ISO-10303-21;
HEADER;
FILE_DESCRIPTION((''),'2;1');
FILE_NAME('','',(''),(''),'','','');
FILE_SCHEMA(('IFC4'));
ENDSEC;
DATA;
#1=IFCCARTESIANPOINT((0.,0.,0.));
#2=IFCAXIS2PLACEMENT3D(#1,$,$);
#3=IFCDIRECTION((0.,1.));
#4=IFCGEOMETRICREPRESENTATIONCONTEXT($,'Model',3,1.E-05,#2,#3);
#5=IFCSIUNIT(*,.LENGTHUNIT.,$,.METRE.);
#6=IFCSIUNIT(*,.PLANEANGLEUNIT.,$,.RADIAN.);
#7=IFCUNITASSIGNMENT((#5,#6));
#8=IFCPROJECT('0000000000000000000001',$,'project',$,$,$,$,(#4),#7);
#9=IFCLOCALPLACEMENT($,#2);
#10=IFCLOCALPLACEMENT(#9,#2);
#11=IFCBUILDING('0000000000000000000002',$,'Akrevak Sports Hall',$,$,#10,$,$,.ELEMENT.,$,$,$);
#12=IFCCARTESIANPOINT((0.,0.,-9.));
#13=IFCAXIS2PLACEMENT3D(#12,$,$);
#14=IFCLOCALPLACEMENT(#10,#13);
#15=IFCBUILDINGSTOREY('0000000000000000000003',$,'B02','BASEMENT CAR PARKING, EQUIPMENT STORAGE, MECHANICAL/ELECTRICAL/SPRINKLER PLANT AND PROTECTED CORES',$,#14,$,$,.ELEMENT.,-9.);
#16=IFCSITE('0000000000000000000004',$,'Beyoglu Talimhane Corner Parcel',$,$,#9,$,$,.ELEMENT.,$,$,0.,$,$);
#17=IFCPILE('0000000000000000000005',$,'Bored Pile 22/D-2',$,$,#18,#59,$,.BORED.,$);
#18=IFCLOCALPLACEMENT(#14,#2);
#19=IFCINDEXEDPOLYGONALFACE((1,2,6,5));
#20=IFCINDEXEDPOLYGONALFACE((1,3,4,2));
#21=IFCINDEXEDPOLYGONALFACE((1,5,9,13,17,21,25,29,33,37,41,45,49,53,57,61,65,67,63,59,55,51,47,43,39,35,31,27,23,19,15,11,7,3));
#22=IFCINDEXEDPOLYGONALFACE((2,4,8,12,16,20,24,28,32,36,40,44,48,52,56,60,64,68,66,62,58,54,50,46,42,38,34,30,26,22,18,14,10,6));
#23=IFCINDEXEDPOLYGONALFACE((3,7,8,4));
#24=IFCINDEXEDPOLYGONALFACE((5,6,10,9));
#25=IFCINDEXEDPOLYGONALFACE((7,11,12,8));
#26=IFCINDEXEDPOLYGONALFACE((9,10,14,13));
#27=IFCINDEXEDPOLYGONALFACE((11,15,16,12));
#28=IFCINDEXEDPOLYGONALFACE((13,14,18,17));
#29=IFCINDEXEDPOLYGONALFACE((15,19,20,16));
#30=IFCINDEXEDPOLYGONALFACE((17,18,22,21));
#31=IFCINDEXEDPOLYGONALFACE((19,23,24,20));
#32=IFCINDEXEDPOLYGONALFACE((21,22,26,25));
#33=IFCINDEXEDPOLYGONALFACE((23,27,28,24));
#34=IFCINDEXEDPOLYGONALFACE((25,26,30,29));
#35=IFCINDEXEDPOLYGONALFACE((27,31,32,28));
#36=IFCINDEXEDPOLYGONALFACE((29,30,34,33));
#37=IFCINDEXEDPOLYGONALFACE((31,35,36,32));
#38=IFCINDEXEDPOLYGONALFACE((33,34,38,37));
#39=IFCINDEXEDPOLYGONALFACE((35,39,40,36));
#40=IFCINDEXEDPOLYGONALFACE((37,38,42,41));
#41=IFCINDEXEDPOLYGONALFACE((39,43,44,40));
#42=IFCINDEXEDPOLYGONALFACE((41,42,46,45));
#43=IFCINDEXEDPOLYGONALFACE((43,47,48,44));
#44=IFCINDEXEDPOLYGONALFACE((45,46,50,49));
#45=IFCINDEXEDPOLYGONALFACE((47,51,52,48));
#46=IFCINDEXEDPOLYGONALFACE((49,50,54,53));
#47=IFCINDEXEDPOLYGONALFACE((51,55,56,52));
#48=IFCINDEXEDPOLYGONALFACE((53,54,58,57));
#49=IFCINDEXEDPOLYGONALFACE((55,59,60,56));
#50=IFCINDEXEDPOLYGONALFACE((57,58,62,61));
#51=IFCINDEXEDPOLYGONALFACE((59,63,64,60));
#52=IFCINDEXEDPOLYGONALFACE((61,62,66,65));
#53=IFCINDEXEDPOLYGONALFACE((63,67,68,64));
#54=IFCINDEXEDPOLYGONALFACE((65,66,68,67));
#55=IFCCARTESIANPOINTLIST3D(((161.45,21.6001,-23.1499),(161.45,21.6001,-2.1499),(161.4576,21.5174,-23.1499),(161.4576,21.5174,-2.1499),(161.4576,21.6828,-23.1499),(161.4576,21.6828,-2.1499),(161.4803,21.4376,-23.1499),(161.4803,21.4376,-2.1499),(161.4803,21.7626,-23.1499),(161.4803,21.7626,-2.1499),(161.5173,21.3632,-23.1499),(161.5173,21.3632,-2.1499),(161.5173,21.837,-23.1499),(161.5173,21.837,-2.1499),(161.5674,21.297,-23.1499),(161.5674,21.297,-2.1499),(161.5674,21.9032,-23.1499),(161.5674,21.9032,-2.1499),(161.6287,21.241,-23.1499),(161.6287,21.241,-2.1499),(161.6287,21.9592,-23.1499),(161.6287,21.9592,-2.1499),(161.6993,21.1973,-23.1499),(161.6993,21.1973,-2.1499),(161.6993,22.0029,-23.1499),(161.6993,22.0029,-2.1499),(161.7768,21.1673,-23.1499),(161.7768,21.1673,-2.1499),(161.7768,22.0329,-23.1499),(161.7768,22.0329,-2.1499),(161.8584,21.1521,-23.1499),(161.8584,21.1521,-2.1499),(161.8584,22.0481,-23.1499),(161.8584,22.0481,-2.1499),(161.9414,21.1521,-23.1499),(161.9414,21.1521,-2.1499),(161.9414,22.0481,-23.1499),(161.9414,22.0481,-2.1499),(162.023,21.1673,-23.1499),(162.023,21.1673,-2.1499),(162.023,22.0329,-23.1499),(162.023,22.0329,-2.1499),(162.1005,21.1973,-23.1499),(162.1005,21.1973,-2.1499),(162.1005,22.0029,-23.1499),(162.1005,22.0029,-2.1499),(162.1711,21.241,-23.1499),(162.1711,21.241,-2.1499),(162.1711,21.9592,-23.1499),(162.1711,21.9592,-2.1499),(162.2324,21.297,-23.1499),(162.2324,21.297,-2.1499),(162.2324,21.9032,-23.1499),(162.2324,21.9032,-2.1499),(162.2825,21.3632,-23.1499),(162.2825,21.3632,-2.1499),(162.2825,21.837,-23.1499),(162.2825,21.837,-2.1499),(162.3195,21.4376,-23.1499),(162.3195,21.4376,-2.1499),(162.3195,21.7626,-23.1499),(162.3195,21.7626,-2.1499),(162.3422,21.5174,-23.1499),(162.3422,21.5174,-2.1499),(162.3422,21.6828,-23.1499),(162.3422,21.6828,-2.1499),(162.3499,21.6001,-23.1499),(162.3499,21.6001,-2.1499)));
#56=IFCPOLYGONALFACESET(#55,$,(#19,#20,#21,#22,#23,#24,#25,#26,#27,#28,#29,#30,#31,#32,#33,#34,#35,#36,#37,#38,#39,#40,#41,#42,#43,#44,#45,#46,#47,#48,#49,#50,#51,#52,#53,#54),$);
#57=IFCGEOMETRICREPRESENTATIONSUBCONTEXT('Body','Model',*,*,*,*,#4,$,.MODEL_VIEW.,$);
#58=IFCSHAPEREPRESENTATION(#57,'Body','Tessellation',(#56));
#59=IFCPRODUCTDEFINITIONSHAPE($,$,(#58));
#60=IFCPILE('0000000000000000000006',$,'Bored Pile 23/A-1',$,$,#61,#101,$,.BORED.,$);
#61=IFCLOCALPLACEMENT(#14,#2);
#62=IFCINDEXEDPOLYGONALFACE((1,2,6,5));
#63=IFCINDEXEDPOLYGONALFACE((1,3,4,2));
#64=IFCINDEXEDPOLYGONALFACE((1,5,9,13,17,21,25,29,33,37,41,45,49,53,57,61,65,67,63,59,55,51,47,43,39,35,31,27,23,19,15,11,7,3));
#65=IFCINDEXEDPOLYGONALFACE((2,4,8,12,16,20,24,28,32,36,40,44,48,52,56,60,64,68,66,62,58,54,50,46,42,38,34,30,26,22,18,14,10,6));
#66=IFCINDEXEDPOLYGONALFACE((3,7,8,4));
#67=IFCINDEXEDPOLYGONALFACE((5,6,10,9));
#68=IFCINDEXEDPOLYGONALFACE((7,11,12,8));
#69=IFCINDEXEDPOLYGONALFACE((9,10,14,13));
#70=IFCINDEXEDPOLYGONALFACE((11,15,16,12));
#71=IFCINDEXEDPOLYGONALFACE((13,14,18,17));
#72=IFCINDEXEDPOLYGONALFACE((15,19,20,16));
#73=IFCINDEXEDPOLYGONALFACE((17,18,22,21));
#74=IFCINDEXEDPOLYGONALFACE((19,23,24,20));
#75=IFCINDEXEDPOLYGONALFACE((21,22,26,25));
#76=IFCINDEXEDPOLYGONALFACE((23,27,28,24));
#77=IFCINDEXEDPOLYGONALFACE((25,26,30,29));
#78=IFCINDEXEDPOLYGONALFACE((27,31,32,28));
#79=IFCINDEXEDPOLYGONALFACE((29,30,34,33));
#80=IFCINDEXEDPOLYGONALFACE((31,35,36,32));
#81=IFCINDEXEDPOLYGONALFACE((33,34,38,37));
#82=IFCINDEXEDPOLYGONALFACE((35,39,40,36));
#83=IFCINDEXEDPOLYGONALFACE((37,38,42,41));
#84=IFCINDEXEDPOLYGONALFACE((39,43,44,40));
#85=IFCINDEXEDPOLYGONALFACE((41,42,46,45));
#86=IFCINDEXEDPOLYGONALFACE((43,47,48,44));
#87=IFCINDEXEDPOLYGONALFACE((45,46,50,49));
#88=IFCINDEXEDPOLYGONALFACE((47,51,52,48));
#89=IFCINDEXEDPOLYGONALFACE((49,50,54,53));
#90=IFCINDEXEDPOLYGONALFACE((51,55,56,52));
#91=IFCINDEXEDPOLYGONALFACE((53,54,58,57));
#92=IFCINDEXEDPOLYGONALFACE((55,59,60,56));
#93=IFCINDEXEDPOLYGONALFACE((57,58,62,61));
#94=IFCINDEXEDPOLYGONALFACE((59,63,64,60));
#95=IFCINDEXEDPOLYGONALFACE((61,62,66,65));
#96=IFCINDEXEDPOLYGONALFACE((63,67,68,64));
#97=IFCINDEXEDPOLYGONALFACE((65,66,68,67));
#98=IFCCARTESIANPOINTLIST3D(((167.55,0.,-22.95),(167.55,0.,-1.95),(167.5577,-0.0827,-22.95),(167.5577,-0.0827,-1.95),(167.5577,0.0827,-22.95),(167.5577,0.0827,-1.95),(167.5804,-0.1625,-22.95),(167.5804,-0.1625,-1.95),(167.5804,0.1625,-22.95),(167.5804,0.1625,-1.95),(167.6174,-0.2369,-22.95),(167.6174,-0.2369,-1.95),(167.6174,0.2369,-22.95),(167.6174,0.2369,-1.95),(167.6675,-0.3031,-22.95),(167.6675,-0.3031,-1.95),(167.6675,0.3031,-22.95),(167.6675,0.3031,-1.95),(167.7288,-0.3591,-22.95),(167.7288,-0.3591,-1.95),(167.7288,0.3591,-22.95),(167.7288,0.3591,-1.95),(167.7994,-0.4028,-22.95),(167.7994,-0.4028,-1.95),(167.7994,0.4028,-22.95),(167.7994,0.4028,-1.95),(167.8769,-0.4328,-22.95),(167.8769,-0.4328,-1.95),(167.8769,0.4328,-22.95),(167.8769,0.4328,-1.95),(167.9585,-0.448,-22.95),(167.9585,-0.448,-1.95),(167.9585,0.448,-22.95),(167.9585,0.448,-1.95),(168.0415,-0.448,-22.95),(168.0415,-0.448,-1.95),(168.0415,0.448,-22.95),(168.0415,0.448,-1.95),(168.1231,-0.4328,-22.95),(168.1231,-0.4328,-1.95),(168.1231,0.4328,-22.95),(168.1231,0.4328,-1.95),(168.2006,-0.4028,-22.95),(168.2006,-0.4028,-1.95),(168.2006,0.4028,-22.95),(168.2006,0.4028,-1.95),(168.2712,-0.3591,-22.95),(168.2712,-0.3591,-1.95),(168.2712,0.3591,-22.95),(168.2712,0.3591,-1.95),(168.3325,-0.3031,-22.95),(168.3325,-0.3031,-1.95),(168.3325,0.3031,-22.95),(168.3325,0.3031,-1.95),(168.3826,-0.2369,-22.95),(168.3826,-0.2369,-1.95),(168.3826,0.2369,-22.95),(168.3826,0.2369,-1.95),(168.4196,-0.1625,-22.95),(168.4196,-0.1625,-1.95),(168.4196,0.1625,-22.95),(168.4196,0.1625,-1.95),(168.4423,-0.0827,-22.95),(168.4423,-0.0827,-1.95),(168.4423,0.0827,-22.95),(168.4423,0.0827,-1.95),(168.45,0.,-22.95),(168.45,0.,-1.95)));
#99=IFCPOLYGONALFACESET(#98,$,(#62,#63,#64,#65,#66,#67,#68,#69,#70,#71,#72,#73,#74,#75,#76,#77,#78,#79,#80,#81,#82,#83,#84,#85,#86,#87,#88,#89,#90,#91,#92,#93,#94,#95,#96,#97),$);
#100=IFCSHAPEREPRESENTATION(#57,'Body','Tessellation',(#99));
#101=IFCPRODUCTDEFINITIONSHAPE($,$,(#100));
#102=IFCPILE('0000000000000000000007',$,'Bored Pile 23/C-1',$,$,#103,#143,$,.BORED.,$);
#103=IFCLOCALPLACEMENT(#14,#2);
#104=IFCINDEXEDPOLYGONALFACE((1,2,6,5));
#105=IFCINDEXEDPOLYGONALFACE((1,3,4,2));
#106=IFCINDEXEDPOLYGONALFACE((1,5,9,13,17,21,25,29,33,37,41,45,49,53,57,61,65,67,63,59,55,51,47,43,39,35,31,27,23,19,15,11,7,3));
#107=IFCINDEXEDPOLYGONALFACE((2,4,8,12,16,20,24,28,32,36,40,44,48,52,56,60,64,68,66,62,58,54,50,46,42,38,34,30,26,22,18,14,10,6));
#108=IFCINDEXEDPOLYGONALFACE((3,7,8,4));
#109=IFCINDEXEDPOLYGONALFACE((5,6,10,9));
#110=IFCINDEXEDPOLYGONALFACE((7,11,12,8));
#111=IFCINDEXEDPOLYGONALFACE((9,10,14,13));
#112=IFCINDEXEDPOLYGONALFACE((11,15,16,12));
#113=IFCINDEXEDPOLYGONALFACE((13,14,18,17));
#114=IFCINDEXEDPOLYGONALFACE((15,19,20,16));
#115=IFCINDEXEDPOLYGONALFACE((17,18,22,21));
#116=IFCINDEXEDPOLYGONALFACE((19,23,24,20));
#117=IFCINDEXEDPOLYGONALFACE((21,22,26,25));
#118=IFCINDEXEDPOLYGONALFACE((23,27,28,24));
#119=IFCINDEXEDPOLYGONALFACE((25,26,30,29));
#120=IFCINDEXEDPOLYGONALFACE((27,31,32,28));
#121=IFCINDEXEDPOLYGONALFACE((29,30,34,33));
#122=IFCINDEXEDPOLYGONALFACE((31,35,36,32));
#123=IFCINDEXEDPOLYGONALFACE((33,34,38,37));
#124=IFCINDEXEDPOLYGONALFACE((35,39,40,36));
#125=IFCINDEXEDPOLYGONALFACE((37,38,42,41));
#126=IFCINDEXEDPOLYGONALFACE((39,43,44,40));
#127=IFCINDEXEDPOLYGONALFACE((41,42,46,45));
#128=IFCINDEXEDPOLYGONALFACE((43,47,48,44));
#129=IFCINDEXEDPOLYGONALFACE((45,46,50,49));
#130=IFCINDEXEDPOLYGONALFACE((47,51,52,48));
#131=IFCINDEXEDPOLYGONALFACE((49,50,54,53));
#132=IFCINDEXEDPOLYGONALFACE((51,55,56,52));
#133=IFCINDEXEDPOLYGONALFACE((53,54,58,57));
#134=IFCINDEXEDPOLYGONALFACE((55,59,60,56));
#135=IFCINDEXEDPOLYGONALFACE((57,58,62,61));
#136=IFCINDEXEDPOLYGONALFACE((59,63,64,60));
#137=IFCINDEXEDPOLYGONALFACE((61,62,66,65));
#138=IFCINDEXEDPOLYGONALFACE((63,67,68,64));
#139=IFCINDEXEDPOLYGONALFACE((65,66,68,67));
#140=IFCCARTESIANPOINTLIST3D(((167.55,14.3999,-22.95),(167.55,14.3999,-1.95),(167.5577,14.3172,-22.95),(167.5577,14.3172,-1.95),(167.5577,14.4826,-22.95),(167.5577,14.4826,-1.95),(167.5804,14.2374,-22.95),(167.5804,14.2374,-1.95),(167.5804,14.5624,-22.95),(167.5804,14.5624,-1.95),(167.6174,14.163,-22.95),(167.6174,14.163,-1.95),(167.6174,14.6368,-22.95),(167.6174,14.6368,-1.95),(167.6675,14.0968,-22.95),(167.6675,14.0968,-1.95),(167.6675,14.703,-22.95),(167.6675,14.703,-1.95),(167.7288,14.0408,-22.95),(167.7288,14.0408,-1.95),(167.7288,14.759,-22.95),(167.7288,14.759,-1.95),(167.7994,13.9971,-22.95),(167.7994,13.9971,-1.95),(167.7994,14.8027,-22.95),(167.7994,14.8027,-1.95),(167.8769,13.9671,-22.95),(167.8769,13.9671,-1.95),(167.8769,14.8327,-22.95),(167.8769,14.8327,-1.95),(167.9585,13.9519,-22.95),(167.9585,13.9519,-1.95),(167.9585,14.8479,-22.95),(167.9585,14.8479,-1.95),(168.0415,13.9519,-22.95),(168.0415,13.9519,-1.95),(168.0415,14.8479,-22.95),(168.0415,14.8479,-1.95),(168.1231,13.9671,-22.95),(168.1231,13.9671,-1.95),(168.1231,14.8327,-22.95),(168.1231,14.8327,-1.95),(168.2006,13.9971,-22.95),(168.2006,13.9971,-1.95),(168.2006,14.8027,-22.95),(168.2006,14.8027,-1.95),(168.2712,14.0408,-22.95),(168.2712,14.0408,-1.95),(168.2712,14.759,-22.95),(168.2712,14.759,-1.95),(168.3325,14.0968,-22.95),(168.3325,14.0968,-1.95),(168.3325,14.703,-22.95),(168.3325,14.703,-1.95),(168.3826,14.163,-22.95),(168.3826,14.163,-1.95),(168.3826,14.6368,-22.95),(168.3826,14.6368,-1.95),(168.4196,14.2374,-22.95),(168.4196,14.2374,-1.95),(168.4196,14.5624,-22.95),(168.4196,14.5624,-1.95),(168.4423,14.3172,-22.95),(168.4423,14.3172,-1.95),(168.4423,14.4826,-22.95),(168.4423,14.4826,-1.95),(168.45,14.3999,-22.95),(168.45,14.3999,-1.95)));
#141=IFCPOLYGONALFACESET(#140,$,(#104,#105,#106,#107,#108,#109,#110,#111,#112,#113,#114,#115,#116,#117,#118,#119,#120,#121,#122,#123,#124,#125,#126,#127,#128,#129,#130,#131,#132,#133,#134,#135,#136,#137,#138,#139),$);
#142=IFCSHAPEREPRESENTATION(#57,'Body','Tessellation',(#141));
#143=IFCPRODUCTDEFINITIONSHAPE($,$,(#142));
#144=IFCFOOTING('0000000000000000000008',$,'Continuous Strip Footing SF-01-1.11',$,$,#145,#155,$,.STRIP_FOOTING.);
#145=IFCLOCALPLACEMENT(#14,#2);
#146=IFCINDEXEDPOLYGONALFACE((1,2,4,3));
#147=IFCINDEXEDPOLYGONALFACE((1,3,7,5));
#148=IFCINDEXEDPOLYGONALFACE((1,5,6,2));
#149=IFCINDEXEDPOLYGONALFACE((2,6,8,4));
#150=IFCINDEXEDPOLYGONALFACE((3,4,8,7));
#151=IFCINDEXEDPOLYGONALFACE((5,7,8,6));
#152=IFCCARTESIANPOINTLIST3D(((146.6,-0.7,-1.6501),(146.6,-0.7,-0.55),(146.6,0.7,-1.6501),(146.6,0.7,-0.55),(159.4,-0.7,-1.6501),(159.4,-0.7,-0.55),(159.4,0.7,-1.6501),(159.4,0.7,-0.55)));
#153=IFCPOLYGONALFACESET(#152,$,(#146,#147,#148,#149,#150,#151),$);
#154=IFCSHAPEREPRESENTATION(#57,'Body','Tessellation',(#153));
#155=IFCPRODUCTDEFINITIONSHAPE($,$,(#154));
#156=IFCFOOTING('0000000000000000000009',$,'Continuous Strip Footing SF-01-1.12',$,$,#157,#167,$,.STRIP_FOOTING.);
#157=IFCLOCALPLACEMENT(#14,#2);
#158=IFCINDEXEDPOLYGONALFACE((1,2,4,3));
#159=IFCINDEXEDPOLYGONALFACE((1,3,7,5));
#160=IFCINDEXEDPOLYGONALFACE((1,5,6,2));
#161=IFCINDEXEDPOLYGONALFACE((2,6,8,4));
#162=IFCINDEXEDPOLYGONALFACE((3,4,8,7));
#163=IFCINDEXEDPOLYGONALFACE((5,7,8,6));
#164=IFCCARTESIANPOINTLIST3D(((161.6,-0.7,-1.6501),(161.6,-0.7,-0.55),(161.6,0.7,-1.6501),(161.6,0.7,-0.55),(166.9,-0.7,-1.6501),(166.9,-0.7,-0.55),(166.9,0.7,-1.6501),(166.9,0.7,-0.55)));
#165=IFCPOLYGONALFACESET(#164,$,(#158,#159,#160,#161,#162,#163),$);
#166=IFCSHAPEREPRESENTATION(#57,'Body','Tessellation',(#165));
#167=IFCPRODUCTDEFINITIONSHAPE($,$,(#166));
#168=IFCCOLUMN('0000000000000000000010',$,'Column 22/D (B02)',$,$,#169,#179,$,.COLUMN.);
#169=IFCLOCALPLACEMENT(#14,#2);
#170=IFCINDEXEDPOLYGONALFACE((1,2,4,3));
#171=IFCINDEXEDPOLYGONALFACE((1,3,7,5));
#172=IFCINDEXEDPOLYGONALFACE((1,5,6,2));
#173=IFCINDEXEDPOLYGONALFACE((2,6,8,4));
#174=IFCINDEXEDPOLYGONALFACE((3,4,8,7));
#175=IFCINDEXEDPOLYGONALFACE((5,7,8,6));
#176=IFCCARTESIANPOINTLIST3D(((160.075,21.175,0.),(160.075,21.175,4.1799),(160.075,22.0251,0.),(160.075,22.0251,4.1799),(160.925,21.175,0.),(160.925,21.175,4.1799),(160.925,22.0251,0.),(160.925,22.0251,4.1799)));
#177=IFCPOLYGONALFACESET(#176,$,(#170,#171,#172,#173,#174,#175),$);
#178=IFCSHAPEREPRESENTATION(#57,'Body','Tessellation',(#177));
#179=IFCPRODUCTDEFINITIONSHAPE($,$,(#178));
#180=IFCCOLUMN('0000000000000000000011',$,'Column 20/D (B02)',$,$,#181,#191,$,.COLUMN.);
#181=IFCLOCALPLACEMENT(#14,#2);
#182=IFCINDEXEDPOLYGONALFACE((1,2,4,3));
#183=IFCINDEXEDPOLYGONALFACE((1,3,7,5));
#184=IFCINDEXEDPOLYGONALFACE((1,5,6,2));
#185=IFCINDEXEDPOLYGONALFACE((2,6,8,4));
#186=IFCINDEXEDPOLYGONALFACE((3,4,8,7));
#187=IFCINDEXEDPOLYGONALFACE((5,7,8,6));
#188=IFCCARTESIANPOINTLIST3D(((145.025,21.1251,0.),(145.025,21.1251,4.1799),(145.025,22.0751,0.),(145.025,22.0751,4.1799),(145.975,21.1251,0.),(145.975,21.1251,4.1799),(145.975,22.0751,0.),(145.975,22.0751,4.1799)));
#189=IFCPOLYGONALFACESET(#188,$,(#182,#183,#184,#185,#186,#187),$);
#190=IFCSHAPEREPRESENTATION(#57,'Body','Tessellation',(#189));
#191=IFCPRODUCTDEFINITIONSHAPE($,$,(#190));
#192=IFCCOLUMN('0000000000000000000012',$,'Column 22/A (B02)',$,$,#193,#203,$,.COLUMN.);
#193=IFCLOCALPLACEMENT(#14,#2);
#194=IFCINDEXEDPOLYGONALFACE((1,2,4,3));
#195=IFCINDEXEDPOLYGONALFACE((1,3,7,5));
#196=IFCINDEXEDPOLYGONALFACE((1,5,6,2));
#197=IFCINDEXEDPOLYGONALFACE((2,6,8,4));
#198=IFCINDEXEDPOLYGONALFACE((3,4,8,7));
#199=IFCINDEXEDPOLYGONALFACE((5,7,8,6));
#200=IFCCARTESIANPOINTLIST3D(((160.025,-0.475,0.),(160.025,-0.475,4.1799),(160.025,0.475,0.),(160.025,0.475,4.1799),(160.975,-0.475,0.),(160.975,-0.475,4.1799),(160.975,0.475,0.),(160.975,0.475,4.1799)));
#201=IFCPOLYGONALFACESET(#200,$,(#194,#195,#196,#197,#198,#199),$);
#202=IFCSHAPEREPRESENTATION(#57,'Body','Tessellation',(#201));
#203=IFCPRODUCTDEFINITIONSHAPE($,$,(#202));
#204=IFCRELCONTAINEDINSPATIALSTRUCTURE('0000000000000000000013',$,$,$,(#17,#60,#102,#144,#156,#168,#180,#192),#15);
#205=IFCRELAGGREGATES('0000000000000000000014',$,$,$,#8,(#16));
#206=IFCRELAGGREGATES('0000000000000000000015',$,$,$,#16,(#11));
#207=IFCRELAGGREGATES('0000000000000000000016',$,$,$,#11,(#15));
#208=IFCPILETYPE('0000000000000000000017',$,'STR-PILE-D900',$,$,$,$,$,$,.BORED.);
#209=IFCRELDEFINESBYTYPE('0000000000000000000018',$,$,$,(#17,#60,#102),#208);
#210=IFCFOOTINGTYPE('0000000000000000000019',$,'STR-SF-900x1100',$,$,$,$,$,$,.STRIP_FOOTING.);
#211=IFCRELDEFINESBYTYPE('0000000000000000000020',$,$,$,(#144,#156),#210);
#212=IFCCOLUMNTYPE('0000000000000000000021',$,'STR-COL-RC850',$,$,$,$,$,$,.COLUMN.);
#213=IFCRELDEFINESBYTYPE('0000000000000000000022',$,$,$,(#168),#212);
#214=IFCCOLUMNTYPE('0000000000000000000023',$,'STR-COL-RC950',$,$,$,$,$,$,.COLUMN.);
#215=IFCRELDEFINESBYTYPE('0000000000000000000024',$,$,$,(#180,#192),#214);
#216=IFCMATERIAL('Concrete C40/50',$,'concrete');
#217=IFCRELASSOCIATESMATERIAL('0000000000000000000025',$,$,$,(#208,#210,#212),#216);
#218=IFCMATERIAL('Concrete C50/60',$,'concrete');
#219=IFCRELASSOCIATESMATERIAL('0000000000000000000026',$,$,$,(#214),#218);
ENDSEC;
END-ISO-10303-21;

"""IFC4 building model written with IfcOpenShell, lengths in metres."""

from ifc_helpers import new_model, si_unit, direction, frame, origin, origin_2d, place, context, subcontext, project, spatial, rectangle, circle, extrude, material, material_profile, profile_set, type_object, element, save


model = new_model("IFC4")

# Units and contexts
model_context = context("Model", 3, precision=1e-05, world=origin(), true_north=direction((0.0, 1.0)))
body_context = subcontext(model_context, "Body", "Model", "MODEL_VIEW")
ifc_project = project(units=[si_unit("LENGTHUNIT", "METRE"), si_unit("PLANEANGLEUNIT", "RADIAN")], contexts=[model_context])

# Site, building, storey
site_placement = place(None, origin())
site = spatial("IfcSite", under=ifc_project, at=site_placement, Name="Beyoglu Talimhane Corner Parcel", CompositionType="ELEMENT", RefElevation=0.0)
building_placement = place(site_placement, origin())
building = spatial("IfcBuilding", under=site, at=building_placement, Name="Akrevak Sports Hall", CompositionType="ELEMENT")
storey_placement = place(building_placement, frame((0.0, 0.0, -9.0)))
storey = spatial("IfcBuildingStorey", under=building, at=storey_placement, Name="B02", Description="BASEMENT CAR PARKING, EQUIPMENT STORAGE, MECHANICAL/ELECTRICAL/SPRINKLER PLANT AND PROTECTED CORES", CompositionType="ELEMENT", Elevation=-9.0)

# Shared definitions
ifc_material_1 = material(Name="Concrete C40/50", Category="concrete")

# Piles
ifc_material_profile_1 = material_profile(ifc_material_1, circle(Radius=0.45, at=origin_2d()), Name="BORED PILE D900", Category="concrete")
ifc_profile_set_1 = profile_set([ifc_material_profile_1], Name="Concrete C40/50")
pile_type_1 = type_object("IfcPileType", Name="STR-PILE-D900", PredefinedType="BORED", material=ifc_profile_set_1)
for number, where, z_axis, x_axis, name in (
    (1, (161.8999, 21.6001, -2.1499), (0.0, 0.0, -1.0), (1.0, 0.0, 0.0), "Bored Pile 22/D-2"),
    (2, (168.0, 0.0, -1.95), (0.0, 0.0, -1.0), (1.0, 0.0, 0.0), "Bored Pile 23/A-1"),
    (3, (168.0, 14.3999, -1.95), (0.0, 0.0, -1.0), (1.0, 0.0, 0.0), "Bored Pile 23/C-1"),
):
    element("IfcPile", number, at=place(storey_placement, frame(where, z_axis=z_axis, x_axis=x_axis)), inside=storey, type_object=pile_type_1, Name=name, PredefinedType="BORED", context=body_context, shape_type="SweptSolid", body=[
        extrude(circle(Radius=0.45, at=origin_2d()), origin(), (0.0, 0.0, 1.0), 21.0),
    ])

# Footings
footing_type_1 = type_object("IfcFootingType", Name="STR-SF-900x1100", PredefinedType="STRIP_FOOTING", material=ifc_material_1)
footing_1_placement = place(storey_placement, frame((153.0, 0.0, -1.6501), z_axis=(0.0, 0.0, 1.0), x_axis=(1.0, 0.0, 0.0)))
element("IfcFooting", 4, at=footing_1_placement, inside=storey, type_object=footing_type_1, Name="Continuous Strip Footing SF-01-1.11", PredefinedType="STRIP_FOOTING", context=body_context, shape_type="SweptSolid", body=[
    extrude(rectangle(XDim=12.8, YDim=1.3999, at=origin_2d()), origin(), (0.0, 0.0, 1.0), 1.1001),
])
footing_2_placement = place(storey_placement, frame((164.25, 0.0, -1.6501), z_axis=(0.0, 0.0, 1.0), x_axis=(1.0, 0.0, 0.0)))
element("IfcFooting", 5, at=footing_2_placement, inside=storey, type_object=footing_type_1, Name="Continuous Strip Footing SF-01-1.12", PredefinedType="STRIP_FOOTING", context=body_context, shape_type="SweptSolid", body=[
    extrude(rectangle(XDim=5.3, YDim=1.3999, at=origin_2d()), origin(), (0.0, 0.0, 1.0), 1.1001),
])

# Columns
ifc_material_profile_2 = material_profile(ifc_material_1, rectangle(XDim=0.8501, YDim=0.8501, at=origin_2d()), Name="RC 850x850", Category="concrete")
ifc_profile_set_2 = profile_set([ifc_material_profile_2], Name="Concrete C40/50")
column_type_1 = type_object("IfcColumnType", Name="STR-COL-RC850", PredefinedType="COLUMN", material=ifc_profile_set_2)
column_placement = place(storey_placement, frame((160.5, 21.6001, 0.0), z_axis=(0.0, 0.0, 1.0), x_axis=(1.0, 0.0, 0.0)))
element("IfcColumn", 6, at=column_placement, inside=storey, type_object=column_type_1, Name="Column 22/D (B02)", PredefinedType="COLUMN", context=body_context, shape_type="SweptSolid", body=[
    extrude(rectangle(XDim=0.8501, YDim=0.8501, at=origin_2d()), origin(), (0.0, 0.0, 1.0), 4.1799),
])
ifc_material_2 = material(Name="Concrete C50/60", Category="concrete")
ifc_material_profile_3 = material_profile(ifc_material_2, rectangle(XDim=0.95, YDim=0.95, at=origin_2d()), Name="RC 950x950", Category="concrete")
ifc_profile_set_3 = profile_set([ifc_material_profile_3], Name="Concrete C50/60")
column_type_2 = type_object("IfcColumnType", Name="STR-COL-RC950", PredefinedType="COLUMN", material=ifc_profile_set_3)
for number, where, z_axis, x_axis, name in (
    (7, (145.5, 21.6001, 0.0), (0.0, 0.0, 1.0), (1.0, 0.0, 0.0), "Column 20/D (B02)"),
    (8, (160.5, 0.0, 0.0), (0.0, 0.0, 1.0), (1.0, 0.0, 0.0), "Column 22/A (B02)"),
):
    element("IfcColumn", number, at=place(storey_placement, frame(where, z_axis=z_axis, x_axis=x_axis)), inside=storey, type_object=column_type_2, Name=name, PredefinedType="COLUMN", context=body_context, shape_type="SweptSolid", body=[
        extrude(rectangle(XDim=0.95, YDim=0.95, at=origin_2d()), origin(), (0.0, 0.0, 1.0), 4.1799),
    ])

save(model, "model.ifc")
